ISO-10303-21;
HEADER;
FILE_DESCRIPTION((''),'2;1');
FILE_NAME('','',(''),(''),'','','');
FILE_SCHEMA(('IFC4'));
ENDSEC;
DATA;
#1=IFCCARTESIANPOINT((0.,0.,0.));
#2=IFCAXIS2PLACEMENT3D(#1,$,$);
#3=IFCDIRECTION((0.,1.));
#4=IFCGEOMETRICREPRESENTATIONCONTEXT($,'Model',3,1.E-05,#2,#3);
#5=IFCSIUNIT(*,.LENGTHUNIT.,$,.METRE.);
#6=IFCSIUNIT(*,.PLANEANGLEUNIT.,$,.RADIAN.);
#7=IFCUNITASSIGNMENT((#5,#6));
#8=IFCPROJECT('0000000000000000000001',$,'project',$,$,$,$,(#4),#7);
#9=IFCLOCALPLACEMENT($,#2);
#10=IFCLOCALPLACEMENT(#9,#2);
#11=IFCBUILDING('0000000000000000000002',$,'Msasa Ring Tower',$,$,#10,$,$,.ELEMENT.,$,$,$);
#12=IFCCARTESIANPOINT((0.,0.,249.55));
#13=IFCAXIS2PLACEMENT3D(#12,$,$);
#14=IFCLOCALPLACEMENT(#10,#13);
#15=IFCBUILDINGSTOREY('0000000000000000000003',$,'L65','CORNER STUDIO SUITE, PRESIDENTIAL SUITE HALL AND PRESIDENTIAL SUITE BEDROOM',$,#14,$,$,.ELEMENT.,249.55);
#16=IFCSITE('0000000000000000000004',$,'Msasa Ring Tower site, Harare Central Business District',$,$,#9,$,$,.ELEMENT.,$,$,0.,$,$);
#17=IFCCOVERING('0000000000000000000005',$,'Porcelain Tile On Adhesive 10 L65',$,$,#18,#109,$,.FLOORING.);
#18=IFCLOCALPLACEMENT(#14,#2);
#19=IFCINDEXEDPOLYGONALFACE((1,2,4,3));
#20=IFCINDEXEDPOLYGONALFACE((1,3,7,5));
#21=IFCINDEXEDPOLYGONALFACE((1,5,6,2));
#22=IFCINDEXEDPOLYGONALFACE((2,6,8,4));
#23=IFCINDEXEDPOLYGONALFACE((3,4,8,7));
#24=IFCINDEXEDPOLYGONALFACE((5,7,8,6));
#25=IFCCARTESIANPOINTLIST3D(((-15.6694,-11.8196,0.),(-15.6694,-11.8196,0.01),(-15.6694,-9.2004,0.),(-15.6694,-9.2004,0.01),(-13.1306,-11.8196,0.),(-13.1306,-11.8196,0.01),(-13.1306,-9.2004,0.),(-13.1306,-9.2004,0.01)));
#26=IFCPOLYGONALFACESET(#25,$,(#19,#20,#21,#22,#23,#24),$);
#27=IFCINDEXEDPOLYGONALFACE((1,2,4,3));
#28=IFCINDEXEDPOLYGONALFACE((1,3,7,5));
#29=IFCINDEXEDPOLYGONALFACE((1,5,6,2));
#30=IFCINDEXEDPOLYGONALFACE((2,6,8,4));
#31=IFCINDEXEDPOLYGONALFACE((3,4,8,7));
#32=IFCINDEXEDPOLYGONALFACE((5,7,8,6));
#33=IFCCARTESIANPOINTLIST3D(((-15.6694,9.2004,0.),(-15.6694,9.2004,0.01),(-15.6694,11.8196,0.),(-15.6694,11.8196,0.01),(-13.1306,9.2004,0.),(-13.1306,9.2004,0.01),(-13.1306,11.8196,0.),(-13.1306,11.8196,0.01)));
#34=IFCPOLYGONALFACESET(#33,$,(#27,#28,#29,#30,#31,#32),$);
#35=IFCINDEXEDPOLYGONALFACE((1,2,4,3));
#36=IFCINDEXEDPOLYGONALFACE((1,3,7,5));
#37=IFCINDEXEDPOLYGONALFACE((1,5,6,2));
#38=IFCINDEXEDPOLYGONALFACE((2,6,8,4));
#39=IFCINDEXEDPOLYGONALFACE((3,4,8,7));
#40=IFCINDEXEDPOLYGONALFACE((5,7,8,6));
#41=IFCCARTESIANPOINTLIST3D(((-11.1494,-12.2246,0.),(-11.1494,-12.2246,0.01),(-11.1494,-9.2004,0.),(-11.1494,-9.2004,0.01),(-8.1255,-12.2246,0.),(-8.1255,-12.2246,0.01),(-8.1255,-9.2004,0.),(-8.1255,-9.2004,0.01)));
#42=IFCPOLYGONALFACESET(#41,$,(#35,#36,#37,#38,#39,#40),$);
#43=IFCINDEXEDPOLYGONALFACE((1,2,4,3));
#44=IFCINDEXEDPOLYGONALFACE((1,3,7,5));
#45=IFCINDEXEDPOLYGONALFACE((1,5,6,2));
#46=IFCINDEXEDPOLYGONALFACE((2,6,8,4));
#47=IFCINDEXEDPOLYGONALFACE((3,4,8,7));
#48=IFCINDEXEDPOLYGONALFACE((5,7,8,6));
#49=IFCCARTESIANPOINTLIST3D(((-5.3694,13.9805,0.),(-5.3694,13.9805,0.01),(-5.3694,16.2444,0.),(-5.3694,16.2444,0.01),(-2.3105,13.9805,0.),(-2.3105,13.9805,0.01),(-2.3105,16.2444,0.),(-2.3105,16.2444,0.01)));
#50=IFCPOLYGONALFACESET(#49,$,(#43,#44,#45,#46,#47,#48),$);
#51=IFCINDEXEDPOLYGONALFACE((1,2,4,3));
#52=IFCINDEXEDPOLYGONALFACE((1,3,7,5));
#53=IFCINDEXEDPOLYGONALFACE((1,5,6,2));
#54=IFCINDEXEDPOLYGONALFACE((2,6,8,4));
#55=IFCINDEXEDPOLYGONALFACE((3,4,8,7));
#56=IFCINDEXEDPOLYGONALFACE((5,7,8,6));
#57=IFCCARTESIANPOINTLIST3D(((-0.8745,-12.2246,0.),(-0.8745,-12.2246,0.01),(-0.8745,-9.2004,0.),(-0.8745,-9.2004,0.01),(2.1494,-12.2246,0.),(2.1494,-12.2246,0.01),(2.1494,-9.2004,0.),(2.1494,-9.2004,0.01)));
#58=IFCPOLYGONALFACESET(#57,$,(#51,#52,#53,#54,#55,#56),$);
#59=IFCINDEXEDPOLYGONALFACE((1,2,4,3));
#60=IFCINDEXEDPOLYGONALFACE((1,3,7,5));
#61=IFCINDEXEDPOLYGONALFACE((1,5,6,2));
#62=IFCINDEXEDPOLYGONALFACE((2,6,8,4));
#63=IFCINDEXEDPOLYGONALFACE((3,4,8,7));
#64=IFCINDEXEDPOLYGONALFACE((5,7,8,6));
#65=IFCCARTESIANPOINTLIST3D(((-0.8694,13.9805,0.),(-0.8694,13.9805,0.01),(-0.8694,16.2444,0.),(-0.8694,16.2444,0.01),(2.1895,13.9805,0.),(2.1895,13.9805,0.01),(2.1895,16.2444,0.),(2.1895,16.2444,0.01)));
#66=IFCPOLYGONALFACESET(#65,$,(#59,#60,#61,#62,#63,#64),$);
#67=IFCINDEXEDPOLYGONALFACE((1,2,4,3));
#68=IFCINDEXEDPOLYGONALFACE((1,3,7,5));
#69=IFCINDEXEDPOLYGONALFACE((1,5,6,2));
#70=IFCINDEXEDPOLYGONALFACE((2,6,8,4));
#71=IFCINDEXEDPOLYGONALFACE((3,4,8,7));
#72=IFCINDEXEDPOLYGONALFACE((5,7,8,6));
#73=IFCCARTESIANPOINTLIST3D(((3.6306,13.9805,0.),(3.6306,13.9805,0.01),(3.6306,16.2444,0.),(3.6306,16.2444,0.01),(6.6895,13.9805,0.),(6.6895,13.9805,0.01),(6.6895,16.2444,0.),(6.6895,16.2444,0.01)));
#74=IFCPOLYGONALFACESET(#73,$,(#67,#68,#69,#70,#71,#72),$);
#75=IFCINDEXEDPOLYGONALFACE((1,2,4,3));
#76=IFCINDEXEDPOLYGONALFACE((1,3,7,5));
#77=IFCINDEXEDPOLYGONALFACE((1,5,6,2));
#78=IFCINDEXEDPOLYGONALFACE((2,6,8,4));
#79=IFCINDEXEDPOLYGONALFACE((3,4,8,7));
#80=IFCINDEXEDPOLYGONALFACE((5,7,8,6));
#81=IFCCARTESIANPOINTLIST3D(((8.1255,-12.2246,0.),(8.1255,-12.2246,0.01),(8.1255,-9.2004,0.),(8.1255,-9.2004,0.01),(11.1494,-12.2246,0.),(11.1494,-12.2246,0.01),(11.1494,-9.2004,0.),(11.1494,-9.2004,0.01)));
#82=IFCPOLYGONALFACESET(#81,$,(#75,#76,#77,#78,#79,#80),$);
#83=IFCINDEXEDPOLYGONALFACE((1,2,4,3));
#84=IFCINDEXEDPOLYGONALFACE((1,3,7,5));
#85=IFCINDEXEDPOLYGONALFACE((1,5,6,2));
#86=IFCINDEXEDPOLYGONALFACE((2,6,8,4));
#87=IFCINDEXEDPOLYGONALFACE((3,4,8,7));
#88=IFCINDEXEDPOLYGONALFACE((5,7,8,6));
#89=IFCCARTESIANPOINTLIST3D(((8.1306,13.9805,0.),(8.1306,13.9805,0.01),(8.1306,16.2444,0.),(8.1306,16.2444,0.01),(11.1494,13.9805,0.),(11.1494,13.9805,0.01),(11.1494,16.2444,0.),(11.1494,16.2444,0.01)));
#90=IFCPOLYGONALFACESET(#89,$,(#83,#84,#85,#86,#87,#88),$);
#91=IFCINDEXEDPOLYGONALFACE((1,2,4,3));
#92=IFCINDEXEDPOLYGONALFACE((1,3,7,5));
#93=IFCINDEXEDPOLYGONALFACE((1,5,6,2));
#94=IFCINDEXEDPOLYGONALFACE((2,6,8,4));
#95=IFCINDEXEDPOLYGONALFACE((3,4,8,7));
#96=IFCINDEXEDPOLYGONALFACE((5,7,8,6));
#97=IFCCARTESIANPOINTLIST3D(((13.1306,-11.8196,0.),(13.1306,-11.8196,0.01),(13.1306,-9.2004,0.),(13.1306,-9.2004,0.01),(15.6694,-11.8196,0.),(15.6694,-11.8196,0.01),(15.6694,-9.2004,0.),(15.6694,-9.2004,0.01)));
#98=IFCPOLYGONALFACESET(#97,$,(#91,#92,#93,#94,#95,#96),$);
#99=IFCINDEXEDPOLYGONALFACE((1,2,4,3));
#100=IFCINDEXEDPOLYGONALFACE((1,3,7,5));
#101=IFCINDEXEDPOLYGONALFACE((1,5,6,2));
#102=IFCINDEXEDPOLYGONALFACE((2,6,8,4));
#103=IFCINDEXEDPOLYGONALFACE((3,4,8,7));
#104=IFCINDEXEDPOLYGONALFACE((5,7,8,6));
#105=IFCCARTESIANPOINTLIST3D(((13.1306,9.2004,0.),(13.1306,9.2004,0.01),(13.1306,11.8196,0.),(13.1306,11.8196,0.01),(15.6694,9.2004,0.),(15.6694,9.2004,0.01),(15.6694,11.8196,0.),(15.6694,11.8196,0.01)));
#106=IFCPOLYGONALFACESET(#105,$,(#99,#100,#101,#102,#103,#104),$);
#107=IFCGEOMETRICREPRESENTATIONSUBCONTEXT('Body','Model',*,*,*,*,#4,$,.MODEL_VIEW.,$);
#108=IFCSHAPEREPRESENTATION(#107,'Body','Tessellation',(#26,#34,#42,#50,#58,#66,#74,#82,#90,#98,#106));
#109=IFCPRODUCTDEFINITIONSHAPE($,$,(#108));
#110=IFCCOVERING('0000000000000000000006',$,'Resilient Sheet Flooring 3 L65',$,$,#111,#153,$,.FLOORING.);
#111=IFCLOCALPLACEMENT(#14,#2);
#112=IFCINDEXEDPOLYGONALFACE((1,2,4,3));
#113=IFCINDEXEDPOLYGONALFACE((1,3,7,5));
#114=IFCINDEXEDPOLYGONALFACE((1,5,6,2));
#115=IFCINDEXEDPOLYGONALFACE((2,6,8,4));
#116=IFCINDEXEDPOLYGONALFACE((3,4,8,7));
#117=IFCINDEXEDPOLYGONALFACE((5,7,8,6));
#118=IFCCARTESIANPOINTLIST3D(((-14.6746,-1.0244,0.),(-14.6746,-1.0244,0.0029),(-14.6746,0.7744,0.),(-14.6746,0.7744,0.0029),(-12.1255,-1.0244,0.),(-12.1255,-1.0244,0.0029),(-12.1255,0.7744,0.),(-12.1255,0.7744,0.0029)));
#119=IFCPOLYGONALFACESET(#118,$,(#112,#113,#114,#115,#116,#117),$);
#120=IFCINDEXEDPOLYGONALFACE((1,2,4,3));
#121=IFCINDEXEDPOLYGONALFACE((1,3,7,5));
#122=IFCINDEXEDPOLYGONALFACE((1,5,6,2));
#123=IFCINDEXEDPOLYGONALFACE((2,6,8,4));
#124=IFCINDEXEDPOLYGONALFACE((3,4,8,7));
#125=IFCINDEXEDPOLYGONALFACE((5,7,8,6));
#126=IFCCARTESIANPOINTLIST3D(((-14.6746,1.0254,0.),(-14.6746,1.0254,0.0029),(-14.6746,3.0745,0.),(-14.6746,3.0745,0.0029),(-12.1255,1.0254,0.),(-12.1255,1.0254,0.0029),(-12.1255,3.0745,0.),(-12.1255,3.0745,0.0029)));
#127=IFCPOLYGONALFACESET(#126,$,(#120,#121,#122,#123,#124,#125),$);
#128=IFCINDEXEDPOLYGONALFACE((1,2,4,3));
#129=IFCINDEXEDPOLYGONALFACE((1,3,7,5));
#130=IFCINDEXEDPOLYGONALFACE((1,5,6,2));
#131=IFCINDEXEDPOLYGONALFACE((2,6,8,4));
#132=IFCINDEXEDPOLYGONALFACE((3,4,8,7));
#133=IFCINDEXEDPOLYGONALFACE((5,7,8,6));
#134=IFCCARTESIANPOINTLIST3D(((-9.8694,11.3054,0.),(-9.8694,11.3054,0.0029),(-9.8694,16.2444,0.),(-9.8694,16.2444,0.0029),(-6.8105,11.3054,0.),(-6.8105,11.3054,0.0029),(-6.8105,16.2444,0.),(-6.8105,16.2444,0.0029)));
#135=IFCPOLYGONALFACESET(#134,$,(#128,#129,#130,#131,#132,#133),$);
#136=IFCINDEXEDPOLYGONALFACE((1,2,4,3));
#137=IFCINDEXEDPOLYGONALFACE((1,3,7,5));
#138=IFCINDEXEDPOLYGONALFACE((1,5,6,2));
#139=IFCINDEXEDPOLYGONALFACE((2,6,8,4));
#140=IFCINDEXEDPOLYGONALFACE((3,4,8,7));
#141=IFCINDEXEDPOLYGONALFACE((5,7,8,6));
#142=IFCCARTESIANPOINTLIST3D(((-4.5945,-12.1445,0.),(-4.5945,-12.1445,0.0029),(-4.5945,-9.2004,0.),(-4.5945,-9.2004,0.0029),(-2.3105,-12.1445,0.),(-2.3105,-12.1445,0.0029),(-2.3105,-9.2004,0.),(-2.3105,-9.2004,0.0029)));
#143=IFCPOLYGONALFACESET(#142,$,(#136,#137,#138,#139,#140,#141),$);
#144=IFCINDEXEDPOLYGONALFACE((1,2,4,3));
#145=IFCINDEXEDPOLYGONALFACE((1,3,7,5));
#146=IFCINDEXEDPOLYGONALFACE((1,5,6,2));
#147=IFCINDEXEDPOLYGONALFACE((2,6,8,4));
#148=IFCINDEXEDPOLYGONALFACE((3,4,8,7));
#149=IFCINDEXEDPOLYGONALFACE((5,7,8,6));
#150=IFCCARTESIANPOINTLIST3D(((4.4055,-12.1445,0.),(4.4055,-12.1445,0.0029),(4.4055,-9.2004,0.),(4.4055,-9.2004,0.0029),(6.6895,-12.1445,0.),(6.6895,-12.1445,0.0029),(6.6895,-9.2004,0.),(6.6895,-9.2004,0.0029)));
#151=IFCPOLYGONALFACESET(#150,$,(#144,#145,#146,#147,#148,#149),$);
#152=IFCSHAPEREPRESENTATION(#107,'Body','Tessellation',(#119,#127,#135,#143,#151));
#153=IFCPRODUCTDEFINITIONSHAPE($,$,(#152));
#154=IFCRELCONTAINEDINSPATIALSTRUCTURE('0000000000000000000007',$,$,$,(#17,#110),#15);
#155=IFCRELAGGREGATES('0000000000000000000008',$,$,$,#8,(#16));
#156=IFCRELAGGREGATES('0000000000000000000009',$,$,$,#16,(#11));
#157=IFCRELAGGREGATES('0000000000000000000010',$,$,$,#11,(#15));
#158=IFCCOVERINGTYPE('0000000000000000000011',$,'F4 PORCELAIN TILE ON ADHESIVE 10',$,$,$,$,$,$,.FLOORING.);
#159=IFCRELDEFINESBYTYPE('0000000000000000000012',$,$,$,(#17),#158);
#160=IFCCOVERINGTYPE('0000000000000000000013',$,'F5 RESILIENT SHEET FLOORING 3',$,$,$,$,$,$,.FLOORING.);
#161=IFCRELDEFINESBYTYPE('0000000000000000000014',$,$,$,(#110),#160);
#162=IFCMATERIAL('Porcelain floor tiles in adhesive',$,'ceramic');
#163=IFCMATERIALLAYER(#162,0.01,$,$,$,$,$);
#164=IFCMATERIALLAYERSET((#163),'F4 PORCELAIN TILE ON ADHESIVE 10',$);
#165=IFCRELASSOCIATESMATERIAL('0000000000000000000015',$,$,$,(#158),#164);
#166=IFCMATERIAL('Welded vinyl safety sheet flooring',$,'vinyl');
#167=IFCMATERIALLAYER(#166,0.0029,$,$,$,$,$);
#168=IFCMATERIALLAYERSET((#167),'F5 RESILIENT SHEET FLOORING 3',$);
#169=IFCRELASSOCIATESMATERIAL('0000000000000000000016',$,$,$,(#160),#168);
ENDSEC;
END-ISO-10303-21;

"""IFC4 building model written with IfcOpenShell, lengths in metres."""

from ifc_helpers import new_model, si_unit, direction, frame, origin, place, context, subcontext, project, spatial, line, indexed_curve, outline, extrude, material, layer, layer_set, type_object, element, save


model = new_model("IFC4")

# Units and contexts
model_context = context("Model", 3, precision=1e-05, world=origin(), true_north=direction((0.0, 1.0)))
body_context = subcontext(model_context, "Body", "Model", "MODEL_VIEW")
ifc_project = project(units=[si_unit("LENGTHUNIT", "METRE"), si_unit("PLANEANGLEUNIT", "RADIAN")], contexts=[model_context])

# Site, building, storey
site_placement = place(None, origin())
site = spatial("IfcSite", under=ifc_project, at=site_placement, Name="Msasa Ring Tower site, Harare Central Business District", CompositionType="ELEMENT", RefElevation=0.0)
building_placement = place(site_placement, origin())
building = spatial("IfcBuilding", under=site, at=building_placement, Name="Msasa Ring Tower", CompositionType="ELEMENT")
storey_placement = place(building_placement, frame((0.0, 0.0, 249.55)))
storey = spatial("IfcBuildingStorey", under=building, at=storey_placement, Name="L65", Description="CORNER STUDIO SUITE, PRESIDENTIAL SUITE HALL AND PRESIDENTIAL SUITE BEDROOM", CompositionType="ELEMENT", Elevation=249.55)

# Coverings
ifc_material_1 = material(Name="Porcelain floor tiles in adhesive", Category="ceramic")
ifc_layer_1 = layer(ifc_material_1, 0.01)
ifc_layer_set_1 = layer_set([ifc_layer_1], Name="F4 PORCELAIN TILE ON ADHESIVE 10")
covering_type_1 = type_object("IfcCoveringType", Name="F4 PORCELAIN TILE ON ADHESIVE 10", PredefinedType="FLOORING", material=ifc_layer_set_1)
covering_1_placement = place(storey_placement, origin())
element("IfcCovering", 1, at=covering_1_placement, inside=storey, type_object=covering_type_1, Name="Porcelain Tile On Adhesive 10 L65", PredefinedType="FLOORING", context=body_context, shape_type="SweptSolid", body=[
    extrude(outline(indexed_curve([(-15.6694, -9.2004), (-13.1306, -9.2004), (-13.1306, -11.8196), (-15.6694, -11.8196)], segments=[line(1, 2, 3, 4, 1)], self_intersect=False)), origin(), (0.0, 0.0, 1.0), 0.01),
    extrude(outline(indexed_curve([(-13.1306, 11.8196), (-13.1306, 9.2004), (-15.6694, 9.2004), (-15.6694, 11.8196)], segments=[line(1, 2, 3, 4, 1)], self_intersect=False)), origin(), (0.0, 0.0, 1.0), 0.01),
    extrude(outline(indexed_curve([(-11.1494, -9.2004), (-8.1255, -9.2004), (-8.1255, -12.2246), (-11.1494, -12.2246)], segments=[line(1, 2, 3, 4, 1)], self_intersect=False)), origin(), (0.0, 0.0, 1.0), 0.01),
    extrude(outline(indexed_curve([(-2.3105, 16.2444), (-2.3105, 13.9805), (-5.3694, 13.9805), (-5.3694, 16.2444)], segments=[line(1, 2, 3, 4, 1)], self_intersect=False)), origin(), (0.0, 0.0, 1.0), 0.01),
    extrude(outline(indexed_curve([(2.1494, -9.2004), (2.1494, -12.2246), (-0.8745, -12.2246), (-0.8745, -9.2004)], segments=[line(1, 2, 3, 4, 1)], self_intersect=False)), origin(), (0.0, 0.0, 1.0), 0.01),
    extrude(outline(indexed_curve([(-0.8694, 16.2444), (2.1895, 16.2444), (2.1895, 13.9805), (-0.8694, 13.9805)], segments=[line(1, 2, 3, 4, 1)], self_intersect=False)), origin(), (0.0, 0.0, 1.0), 0.01),
    extrude(outline(indexed_curve([(6.6895, 16.2444), (6.6895, 13.9805), (3.6306, 13.9805), (3.6306, 16.2444)], segments=[line(1, 2, 3, 4, 1)], self_intersect=False)), origin(), (0.0, 0.0, 1.0), 0.01),
    extrude(outline(indexed_curve([(11.1494, -9.2004), (11.1494, -12.2246), (8.1255, -12.2246), (8.1255, -9.2004)], segments=[line(1, 2, 3, 4, 1)], self_intersect=False)), origin(), (0.0, 0.0, 1.0), 0.01),
    extrude(outline(indexed_curve([(11.1494, 16.2444), (11.1494, 13.9805), (8.1306, 13.9805), (8.1306, 16.2444)], segments=[line(1, 2, 3, 4, 1)], self_intersect=False)), origin(), (0.0, 0.0, 1.0), 0.01),
    extrude(outline(indexed_curve([(15.6694, -9.2004), (15.6694, -11.8196), (13.1306, -11.8196), (13.1306, -9.2004)], segments=[line(1, 2, 3, 4, 1)], self_intersect=False)), origin(), (0.0, 0.0, 1.0), 0.01),
    extrude(outline(indexed_curve([(13.1306, 11.8196), (15.6694, 11.8196), (15.6694, 9.2004), (13.1306, 9.2004)], segments=[line(1, 2, 3, 4, 1)], self_intersect=False)), origin(), (0.0, 0.0, 1.0), 0.01),
])
ifc_material_2 = material(Name="Welded vinyl safety sheet flooring", Category="vinyl")
ifc_layer_2 = layer(ifc_material_2, 0.0029)
ifc_layer_set_2 = layer_set([ifc_layer_2], Name="F5 RESILIENT SHEET FLOORING 3")
covering_type_2 = type_object("IfcCoveringType", Name="F5 RESILIENT SHEET FLOORING 3", PredefinedType="FLOORING", material=ifc_layer_set_2)
covering_2_placement = place(storey_placement, origin())
element("IfcCovering", 2, at=covering_2_placement, inside=storey, type_object=covering_type_2, Name="Resilient Sheet Flooring 3 L65", PredefinedType="FLOORING", context=body_context, shape_type="SweptSolid", body=[
    extrude(outline(indexed_curve([(-14.6746, -1.0244), (-14.6746, 0.7744), (-12.1255, 0.7744), (-12.1255, -1.0244)], segments=[line(1, 2, 3, 4, 1)], self_intersect=False)), origin(), (0.0, 0.0, 1.0), 0.0029),
    extrude(outline(indexed_curve([(-14.6746, 3.0745), (-12.1255, 3.0745), (-12.1255, 1.0254), (-14.6746, 1.0254)], segments=[line(1, 2, 3, 4, 1)], self_intersect=False)), origin(), (0.0, 0.0, 1.0), 0.0029),
    extrude(outline(indexed_curve([(-9.8694, 16.2444), (-6.8105, 16.2444), (-6.8105, 11.3054), (-9.8694, 11.3054)], segments=[line(1, 2, 3, 4, 1)], self_intersect=False)), origin(), (0.0, 0.0, 1.0), 0.0029),
    extrude(outline(indexed_curve([(-4.5945, -12.1445), (-4.5945, -9.2004), (-2.3105, -9.2004), (-2.3105, -12.1445)], segments=[line(1, 2, 3, 4, 1)], self_intersect=False)), origin(), (0.0, 0.0, 1.0), 0.0029),
    extrude(outline(indexed_curve([(4.4055, -12.1445), (4.4055, -9.2004), (6.6895, -9.2004), (6.6895, -12.1445)], segments=[line(1, 2, 3, 4, 1)], self_intersect=False)), origin(), (0.0, 0.0, 1.0), 0.0029),
])

save(model, "model.ifc")
